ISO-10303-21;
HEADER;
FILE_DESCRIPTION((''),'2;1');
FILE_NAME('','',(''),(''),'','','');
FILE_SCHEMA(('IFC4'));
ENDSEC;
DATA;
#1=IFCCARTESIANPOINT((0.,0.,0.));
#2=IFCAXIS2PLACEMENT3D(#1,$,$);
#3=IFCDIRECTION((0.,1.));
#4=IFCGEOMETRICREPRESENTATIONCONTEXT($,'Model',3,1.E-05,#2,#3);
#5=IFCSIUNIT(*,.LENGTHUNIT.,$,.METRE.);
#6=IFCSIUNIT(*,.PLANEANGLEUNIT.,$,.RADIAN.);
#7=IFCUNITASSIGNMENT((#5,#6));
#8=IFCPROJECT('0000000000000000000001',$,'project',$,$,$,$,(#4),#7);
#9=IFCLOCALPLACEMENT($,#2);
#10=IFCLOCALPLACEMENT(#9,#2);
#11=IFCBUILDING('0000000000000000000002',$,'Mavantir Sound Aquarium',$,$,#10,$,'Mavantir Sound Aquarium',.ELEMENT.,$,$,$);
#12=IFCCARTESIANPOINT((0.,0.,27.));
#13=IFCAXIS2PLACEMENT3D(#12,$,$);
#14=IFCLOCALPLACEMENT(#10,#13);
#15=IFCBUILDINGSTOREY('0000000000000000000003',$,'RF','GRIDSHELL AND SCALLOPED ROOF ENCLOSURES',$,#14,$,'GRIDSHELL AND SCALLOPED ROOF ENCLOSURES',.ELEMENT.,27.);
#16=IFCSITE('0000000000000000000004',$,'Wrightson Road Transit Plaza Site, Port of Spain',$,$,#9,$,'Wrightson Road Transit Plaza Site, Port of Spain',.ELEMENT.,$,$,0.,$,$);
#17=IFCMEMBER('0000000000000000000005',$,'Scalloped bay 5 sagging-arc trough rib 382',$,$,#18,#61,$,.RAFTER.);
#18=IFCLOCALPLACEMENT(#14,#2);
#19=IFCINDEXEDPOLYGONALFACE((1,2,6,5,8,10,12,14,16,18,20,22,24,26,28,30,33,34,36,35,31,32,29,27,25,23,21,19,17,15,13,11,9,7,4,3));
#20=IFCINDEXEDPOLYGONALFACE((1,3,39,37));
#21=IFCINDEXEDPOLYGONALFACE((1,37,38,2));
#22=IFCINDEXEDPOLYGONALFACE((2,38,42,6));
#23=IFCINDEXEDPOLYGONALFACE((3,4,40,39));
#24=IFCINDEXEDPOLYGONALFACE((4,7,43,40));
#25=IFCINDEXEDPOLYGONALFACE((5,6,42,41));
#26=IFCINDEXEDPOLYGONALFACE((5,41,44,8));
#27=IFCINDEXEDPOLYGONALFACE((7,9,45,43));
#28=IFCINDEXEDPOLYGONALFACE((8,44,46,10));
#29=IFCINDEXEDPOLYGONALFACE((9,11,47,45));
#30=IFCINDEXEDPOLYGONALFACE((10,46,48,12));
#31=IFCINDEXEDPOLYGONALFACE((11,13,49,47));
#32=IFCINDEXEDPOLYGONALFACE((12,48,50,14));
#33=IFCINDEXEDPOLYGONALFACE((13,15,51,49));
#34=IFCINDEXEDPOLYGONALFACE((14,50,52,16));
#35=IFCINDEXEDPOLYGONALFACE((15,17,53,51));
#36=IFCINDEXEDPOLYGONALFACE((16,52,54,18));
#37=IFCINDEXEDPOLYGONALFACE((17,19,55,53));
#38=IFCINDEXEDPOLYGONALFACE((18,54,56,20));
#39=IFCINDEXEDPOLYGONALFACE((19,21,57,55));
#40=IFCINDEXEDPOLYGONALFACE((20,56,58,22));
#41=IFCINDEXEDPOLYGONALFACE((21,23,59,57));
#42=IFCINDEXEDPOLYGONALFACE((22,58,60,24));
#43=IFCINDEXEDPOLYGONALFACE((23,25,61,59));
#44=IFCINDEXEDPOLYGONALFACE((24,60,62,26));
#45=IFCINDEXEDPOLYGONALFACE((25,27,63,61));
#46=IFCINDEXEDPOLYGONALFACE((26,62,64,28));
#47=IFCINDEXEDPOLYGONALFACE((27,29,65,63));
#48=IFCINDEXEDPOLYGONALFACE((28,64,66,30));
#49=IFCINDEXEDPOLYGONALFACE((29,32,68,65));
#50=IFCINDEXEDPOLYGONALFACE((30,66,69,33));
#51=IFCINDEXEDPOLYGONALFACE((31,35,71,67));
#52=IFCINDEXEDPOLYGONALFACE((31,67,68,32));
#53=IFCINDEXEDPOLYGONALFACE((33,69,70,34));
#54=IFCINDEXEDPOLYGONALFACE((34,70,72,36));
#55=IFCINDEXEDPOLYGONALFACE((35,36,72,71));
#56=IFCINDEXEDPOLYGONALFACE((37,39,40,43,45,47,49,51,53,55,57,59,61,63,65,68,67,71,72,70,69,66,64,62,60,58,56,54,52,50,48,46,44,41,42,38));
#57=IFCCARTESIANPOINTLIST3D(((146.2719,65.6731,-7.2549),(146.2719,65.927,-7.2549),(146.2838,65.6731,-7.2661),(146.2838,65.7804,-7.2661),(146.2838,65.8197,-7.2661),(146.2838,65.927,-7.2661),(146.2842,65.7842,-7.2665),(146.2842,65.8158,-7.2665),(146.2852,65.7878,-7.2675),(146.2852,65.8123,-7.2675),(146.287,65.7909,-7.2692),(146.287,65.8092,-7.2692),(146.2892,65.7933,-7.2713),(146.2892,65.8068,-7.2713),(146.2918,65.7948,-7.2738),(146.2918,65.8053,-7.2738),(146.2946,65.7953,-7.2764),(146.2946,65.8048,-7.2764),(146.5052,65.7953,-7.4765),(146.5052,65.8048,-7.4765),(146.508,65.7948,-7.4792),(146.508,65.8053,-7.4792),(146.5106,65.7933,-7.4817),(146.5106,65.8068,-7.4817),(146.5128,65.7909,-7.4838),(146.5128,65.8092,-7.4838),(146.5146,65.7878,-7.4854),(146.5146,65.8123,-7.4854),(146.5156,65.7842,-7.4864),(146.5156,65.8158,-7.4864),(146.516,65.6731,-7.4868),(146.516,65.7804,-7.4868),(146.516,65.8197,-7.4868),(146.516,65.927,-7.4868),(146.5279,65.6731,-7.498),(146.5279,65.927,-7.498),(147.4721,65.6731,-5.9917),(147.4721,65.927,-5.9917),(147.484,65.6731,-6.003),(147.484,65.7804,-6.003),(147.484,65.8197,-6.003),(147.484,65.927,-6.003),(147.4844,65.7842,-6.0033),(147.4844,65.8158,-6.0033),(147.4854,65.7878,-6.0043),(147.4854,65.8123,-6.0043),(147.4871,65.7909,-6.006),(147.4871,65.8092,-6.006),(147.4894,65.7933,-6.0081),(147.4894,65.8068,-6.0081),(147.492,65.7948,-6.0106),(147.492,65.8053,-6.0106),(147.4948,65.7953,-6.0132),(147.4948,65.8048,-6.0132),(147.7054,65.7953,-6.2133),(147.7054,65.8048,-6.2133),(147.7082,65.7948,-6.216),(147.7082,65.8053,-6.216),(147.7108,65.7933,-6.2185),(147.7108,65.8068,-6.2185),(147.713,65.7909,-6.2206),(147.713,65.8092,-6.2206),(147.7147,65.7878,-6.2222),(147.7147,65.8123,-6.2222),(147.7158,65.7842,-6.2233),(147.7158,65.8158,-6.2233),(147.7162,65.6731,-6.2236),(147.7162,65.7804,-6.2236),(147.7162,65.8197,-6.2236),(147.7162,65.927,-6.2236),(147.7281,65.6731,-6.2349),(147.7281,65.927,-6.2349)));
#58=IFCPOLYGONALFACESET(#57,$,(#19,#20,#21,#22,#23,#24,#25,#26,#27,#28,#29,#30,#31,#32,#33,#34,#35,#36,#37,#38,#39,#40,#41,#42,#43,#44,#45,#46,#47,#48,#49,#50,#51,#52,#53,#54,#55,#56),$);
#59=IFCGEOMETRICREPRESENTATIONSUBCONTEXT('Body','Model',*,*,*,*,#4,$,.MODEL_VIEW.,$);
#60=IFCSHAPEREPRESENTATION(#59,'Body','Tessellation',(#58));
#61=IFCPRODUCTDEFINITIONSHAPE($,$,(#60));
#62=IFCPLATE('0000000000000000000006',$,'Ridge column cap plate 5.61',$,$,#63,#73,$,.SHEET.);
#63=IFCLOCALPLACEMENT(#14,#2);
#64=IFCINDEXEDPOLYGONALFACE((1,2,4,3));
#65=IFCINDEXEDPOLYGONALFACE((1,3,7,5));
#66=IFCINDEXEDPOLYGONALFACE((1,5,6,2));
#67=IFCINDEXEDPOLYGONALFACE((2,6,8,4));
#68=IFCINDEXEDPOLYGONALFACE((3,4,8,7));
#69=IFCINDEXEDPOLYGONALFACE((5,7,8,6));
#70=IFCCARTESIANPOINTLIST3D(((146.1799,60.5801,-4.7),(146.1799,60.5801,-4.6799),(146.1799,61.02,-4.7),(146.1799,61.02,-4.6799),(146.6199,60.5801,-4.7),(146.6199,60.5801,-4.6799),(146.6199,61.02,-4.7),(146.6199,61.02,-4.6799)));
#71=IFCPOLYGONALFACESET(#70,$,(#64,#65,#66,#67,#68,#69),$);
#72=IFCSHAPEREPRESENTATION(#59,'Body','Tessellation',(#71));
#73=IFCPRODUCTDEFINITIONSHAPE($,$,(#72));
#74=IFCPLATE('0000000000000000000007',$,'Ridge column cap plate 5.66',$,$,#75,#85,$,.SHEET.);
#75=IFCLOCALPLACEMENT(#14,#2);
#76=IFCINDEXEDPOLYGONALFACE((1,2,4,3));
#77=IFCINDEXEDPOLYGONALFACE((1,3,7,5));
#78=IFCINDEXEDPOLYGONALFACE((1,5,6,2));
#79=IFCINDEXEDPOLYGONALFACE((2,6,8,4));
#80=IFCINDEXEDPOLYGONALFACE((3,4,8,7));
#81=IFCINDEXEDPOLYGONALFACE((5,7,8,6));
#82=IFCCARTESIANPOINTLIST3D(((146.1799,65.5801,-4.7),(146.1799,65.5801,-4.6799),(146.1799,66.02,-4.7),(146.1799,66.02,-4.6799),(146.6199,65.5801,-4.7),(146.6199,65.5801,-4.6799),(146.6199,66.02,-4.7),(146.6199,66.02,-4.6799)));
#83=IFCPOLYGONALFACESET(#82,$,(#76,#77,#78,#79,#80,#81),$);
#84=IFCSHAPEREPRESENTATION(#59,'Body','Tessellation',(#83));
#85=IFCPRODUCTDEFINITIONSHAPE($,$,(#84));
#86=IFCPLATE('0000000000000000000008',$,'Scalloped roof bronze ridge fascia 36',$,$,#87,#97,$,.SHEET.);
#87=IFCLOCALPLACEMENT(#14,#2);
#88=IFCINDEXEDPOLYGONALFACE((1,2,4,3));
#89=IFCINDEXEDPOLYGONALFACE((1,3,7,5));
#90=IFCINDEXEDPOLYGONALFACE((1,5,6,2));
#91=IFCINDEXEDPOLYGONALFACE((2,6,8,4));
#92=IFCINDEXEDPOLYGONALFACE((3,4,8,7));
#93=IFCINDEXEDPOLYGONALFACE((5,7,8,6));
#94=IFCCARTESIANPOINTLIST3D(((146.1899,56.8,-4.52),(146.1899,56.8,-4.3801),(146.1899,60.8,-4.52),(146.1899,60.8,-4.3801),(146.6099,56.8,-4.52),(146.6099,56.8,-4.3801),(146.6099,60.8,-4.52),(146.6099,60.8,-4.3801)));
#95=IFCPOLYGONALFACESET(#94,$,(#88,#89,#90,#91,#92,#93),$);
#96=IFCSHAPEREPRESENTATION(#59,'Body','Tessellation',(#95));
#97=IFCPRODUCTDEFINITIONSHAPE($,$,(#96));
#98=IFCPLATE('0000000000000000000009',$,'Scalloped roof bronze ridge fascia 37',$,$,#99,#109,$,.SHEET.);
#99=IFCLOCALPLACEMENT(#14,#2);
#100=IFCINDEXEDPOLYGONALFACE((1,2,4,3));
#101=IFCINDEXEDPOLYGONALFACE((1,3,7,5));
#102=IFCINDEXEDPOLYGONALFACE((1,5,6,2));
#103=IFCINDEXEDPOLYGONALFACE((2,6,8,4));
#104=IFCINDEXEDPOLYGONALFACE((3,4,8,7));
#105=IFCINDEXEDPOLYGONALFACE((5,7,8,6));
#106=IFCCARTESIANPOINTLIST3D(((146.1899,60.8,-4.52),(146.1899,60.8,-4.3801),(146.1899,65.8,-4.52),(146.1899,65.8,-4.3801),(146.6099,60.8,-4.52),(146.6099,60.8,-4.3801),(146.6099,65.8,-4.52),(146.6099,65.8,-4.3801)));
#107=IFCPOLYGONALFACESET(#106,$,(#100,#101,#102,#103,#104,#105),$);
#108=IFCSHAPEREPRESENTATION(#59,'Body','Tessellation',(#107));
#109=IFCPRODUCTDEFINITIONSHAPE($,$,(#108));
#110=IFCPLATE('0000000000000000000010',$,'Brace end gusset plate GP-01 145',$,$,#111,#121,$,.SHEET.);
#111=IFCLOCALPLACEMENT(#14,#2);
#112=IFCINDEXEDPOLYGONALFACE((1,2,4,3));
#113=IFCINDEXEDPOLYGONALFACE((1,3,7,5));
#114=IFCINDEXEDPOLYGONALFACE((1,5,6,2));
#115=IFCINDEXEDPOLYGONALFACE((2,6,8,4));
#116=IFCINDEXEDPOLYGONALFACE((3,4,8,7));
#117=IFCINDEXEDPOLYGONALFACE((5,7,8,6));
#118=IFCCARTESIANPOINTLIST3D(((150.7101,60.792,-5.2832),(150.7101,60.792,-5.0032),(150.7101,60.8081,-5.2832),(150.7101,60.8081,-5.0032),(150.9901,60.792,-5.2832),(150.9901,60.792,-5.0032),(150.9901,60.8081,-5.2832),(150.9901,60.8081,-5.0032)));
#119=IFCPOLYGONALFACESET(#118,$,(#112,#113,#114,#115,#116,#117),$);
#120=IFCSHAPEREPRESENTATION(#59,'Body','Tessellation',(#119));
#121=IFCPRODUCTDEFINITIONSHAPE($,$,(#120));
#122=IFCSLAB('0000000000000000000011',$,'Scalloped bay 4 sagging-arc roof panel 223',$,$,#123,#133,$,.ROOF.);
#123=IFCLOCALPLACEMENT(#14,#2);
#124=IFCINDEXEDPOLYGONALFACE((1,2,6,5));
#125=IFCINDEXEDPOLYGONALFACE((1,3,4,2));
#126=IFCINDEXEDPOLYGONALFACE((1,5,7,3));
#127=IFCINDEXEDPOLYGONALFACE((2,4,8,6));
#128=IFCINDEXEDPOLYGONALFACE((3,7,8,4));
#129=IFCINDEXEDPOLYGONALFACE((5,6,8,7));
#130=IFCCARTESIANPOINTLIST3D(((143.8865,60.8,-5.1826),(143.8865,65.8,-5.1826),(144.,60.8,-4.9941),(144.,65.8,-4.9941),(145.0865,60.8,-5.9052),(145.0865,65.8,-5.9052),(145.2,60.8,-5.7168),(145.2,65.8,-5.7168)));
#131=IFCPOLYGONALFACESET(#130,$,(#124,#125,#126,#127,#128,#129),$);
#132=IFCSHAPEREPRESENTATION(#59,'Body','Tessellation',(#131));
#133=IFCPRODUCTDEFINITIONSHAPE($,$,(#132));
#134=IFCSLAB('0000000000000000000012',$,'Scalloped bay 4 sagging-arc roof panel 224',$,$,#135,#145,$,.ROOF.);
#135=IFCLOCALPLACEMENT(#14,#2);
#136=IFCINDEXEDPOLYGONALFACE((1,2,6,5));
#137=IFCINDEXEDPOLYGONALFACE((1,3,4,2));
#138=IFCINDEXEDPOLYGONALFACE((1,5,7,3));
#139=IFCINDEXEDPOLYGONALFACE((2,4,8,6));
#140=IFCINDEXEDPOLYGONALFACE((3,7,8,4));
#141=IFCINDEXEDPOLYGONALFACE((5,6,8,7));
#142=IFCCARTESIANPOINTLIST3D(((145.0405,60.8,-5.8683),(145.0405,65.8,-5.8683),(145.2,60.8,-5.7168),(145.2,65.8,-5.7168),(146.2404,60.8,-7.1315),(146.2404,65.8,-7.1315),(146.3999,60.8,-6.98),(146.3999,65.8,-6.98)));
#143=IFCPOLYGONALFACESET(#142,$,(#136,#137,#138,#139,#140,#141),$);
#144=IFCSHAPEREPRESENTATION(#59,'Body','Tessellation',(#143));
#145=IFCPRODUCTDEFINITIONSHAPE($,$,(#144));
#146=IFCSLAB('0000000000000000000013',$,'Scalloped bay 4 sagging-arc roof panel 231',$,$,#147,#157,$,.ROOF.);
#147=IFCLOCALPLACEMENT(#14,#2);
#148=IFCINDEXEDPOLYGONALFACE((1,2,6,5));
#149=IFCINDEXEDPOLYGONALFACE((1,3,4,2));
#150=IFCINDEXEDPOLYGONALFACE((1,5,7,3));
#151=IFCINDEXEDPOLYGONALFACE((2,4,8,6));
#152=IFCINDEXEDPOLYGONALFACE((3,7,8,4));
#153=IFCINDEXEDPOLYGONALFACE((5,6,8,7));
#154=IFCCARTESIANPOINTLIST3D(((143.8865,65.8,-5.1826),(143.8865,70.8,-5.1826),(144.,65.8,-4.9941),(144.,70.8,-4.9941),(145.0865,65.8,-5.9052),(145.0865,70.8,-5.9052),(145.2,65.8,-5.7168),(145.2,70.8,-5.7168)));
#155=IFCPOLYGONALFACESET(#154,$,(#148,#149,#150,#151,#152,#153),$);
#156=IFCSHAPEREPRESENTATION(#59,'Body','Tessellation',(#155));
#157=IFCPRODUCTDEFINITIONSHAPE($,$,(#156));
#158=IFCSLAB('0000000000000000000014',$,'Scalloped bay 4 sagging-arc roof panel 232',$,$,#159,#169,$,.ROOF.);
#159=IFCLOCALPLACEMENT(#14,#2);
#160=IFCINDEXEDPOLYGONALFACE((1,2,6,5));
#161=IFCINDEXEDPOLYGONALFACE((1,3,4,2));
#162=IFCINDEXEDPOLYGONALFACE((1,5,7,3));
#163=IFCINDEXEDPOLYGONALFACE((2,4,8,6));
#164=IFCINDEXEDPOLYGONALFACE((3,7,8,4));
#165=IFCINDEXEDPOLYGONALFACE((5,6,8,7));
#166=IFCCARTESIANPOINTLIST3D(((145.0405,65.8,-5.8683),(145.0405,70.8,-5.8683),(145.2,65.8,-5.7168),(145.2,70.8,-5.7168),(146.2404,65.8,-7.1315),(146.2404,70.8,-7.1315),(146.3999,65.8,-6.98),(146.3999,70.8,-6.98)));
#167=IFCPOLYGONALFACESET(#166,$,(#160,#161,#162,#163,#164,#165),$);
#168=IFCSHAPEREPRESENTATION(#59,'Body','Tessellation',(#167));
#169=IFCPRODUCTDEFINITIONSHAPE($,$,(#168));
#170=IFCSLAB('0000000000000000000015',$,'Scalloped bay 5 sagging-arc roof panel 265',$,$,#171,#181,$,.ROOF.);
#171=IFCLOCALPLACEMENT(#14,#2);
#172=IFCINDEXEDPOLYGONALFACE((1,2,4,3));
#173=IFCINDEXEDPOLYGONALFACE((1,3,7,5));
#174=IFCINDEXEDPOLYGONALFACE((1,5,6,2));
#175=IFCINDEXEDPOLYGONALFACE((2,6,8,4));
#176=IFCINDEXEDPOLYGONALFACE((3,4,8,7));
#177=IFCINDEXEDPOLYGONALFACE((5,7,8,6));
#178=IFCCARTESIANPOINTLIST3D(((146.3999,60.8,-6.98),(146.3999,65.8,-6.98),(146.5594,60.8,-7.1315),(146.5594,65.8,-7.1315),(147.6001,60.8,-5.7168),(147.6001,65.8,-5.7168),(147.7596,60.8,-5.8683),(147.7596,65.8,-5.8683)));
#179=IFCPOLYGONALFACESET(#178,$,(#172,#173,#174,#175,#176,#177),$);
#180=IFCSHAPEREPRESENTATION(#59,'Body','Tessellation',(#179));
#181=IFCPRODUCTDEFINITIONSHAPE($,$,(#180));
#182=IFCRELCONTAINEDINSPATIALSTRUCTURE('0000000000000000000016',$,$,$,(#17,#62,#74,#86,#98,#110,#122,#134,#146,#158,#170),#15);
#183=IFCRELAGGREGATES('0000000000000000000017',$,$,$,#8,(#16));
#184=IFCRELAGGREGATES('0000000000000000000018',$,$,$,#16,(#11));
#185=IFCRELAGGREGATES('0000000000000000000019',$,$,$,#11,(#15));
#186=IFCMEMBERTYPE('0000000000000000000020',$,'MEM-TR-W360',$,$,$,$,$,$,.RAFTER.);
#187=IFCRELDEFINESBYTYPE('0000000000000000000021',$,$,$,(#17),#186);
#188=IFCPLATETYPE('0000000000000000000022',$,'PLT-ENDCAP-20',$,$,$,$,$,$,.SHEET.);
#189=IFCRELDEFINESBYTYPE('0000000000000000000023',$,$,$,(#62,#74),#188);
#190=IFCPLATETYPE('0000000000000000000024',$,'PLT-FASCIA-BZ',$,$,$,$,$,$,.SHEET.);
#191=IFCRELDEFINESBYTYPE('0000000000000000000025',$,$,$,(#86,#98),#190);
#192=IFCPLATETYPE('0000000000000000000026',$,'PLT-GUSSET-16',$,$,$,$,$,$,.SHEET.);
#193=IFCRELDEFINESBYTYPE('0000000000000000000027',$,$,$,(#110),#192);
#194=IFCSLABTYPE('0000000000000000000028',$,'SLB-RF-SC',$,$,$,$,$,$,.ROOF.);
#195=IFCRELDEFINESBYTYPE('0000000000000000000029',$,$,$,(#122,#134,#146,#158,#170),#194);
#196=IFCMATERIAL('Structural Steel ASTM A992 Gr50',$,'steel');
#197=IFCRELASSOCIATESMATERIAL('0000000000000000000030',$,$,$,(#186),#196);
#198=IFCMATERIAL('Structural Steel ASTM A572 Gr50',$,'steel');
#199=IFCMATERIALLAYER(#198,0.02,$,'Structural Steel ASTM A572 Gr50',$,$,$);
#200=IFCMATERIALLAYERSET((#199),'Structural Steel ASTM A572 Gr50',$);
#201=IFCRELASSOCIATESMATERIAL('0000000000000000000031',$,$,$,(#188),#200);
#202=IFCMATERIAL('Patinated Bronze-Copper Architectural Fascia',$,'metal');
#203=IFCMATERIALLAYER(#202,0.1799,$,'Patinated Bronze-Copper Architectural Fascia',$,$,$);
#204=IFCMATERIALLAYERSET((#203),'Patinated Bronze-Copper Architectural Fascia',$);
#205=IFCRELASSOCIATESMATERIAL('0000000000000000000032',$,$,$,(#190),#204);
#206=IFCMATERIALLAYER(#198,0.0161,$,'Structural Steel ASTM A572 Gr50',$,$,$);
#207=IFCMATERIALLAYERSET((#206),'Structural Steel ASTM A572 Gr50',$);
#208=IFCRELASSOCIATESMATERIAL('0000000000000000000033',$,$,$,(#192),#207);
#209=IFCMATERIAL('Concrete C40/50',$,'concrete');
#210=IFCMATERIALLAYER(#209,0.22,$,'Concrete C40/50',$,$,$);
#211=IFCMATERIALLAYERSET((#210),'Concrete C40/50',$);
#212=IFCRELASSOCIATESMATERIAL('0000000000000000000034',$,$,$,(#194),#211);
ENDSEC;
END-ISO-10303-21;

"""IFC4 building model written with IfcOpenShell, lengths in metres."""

from ifc_helpers import new_model, si_unit, direction, frame, origin, origin_2d, place, context, subcontext, project, spatial, polyline, rectangle, i_section, outline, extrude, material, layer, layer_set, material_profile, profile_set, type_object, element, save


model = new_model("IFC4")

# Units and contexts
model_context = context("Model", 3, precision=1e-05, world=origin(), true_north=direction((0.0, 1.0)))
body_context = subcontext(model_context, "Body", "Model", "MODEL_VIEW")
ifc_project = project(units=[si_unit("LENGTHUNIT", "METRE"), si_unit("PLANEANGLEUNIT", "RADIAN")], contexts=[model_context])

# Site, building, storey
site_placement = place(None, origin())
site = spatial("IfcSite", under=ifc_project, at=site_placement, Name="Wrightson Road Transit Plaza Site, Port of Spain", LongName="Wrightson Road Transit Plaza Site, Port of Spain", CompositionType="ELEMENT", RefElevation=0.0)
building_placement = place(site_placement, origin())
building = spatial("IfcBuilding", under=site, at=building_placement, Name="Mavantir Sound Aquarium", LongName="Mavantir Sound Aquarium", CompositionType="ELEMENT")
storey_placement = place(building_placement, frame((0.0, 0.0, 27.0)))
storey = spatial("IfcBuildingStorey", under=building, at=storey_placement, Name="RF", Description="GRIDSHELL AND SCALLOPED ROOF ENCLOSURES", LongName="GRIDSHELL AND SCALLOPED ROOF ENCLOSURES", CompositionType="ELEMENT", Elevation=27.0)

# Shared definitions
ifc_material_1 = material(Name="Concrete C40/50", Category="concrete")

# Shared definitions
ifc_material_2 = material(Name="Structural Steel ASTM A992 Gr50", Category="steel")

# Member
ifc_material_profile_1 = material_profile(ifc_material_2, i_section(OverallWidth=0.2539, OverallDepth=0.353, WebThickness=0.0095, FlangeThickness=0.0164, FilletRadius=0.0149, at=origin_2d()), Name="W360X91")
ifc_profile_set_1 = profile_set([ifc_material_profile_1], Name="Structural Steel ASTM A992 Gr50")
member_type_1 = type_object("IfcMemberType", Name="MEM-TR-W360", PredefinedType="RAFTER", material=ifc_profile_set_1)
member_1_placement = place(storey_placement, frame((146.3999, 65.8, -7.3765), z_axis=(0.688801, 0.0, 0.72495), x_axis=(0.0, 1.0, 0.0)))
element("IfcMember", 1, at=member_1_placement, inside=storey, type_object=member_type_1, Name="Scalloped bay 5 sagging-arc trough rib 382", PredefinedType="RAFTER", context=body_context, shape_type="SweptSolid", body=[
    extrude(i_section(OverallWidth=0.2539, OverallDepth=0.353, WebThickness=0.0095, FlangeThickness=0.0164, FilletRadius=0.0149, at=origin_2d()), origin(), (0.0, 0.0, 1.0), 1.7424),
])

# Plates
ifc_material_3 = material(Name="Structural Steel ASTM A572 Gr50", Category="steel")
ifc_layer_1 = layer(ifc_material_3, 0.02, Name="Structural Steel ASTM A572 Gr50")
ifc_layer_set_1 = layer_set([ifc_layer_1], Name="Structural Steel ASTM A572 Gr50")
plate_type_1 = type_object("IfcPlateType", Name="PLT-ENDCAP-20", PredefinedType="SHEET", material=ifc_layer_set_1)
for number, where, z_axis, x_axis, name in (
    (2, (146.3999, 60.8, -4.7), (0.0, 0.0, 1.0), (1.0, 0.0, 0.0), "Ridge column cap plate 5.61"),
    (3, (146.3999, 65.8, -4.7), (0.0, 0.0, 1.0), (1.0, 0.0, 0.0), "Ridge column cap plate 5.66"),
):
    element("IfcPlate", number, at=place(storey_placement, frame(where, z_axis=z_axis, x_axis=x_axis)), inside=storey, type_object=plate_type_1, Name=name, PredefinedType="SHEET", context=body_context, shape_type="SweptSolid", body=[
        extrude(rectangle(XDim=0.4399, YDim=0.4399, at=origin_2d()), origin(), (0.0, 0.0, 1.0), 0.02),
    ])
ifc_material_4 = material(Name="Patinated Bronze-Copper Architectural Fascia", Category="metal")
ifc_layer_2 = layer(ifc_material_4, 0.1799, Name="Patinated Bronze-Copper Architectural Fascia")
ifc_layer_set_2 = layer_set([ifc_layer_2], Name="Patinated Bronze-Copper Architectural Fascia")
plate_type_2 = type_object("IfcPlateType", Name="PLT-FASCIA-BZ", PredefinedType="SHEET", material=ifc_layer_set_2)
plate_1_placement = place(storey_placement, frame((146.3999, 58.8, -4.52), z_axis=(0.0, 0.0, 1.0), x_axis=(1.0, 0.0, 0.0)))
element("IfcPlate", 4, at=plate_1_placement, inside=storey, type_object=plate_type_2, Name="Scalloped roof bronze ridge fascia 36", PredefinedType="SHEET", context=body_context, shape_type="SweptSolid", body=[
    extrude(rectangle(XDim=0.4199, YDim=4.0, at=origin_2d()), origin(), (0.0, 0.0, 1.0), 0.1399),
])
plate_2_placement = place(storey_placement, frame((146.3999, 63.3, -4.52), z_axis=(0.0, 0.0, 1.0), x_axis=(1.0, 0.0, 0.0)))
element("IfcPlate", 5, at=plate_2_placement, inside=storey, type_object=plate_type_2, Name="Scalloped roof bronze ridge fascia 37", PredefinedType="SHEET", context=body_context, shape_type="SweptSolid", body=[
    extrude(rectangle(XDim=0.4199, YDim=5.0, at=origin_2d()), origin(), (0.0, 0.0, 1.0), 0.1399),
])
ifc_layer_3 = layer(ifc_material_3, 0.0161, Name="Structural Steel ASTM A572 Gr50")
ifc_layer_set_3 = layer_set([ifc_layer_3], Name="Structural Steel ASTM A572 Gr50")
plate_type_3 = type_object("IfcPlateType", Name="PLT-GUSSET-16", PredefinedType="SHEET", material=ifc_layer_set_3)
plate_3_placement = place(storey_placement, frame((150.8501, 60.8, -5.2832), z_axis=(0.0, 0.0, 1.0), x_axis=(1.0, 0.0, 0.0)))
element("IfcPlate", 6, at=plate_3_placement, inside=storey, type_object=plate_type_3, Name="Brace end gusset plate GP-01 145", PredefinedType="SHEET", context=body_context, shape_type="SweptSolid", body=[
    extrude(rectangle(XDim=0.28, YDim=0.0161, at=origin_2d()), origin(), (0.0, 0.0, 1.0), 0.28),
])

# Slabs
ifc_layer_4 = layer(ifc_material_1, 0.22, Name="Concrete C40/50")
ifc_layer_set_4 = layer_set([ifc_layer_4], Name="Concrete C40/50")
slab_type = type_object("IfcSlabType", Name="SLB-RF-SC", PredefinedType="ROOF", material=ifc_layer_set_4)
slab_1_placement = place(storey_placement, frame((144.0, 60.8, -4.9941), z_axis=(0.515905, 0.0, 0.856646), x_axis=(0.856646, 0.0, -0.515905)))
element("IfcSlab", 7, at=slab_1_placement, inside=storey, type_object=slab_type, Name="Scalloped bay 4 sagging-arc roof panel 223", PredefinedType="ROOF", context=body_context, shape_type="SweptSolid", body=[
    extrude(outline(polyline([(0.0, 0.0), (1.4008, 0.0), (1.4008, 5.0), (0.0, 5.0), (0.0, 0.0)])), origin(), (0.0, 0.0, -1.0), 0.22),
])
slab_2_placement = place(storey_placement, frame((145.2, 60.8, -5.7168), z_axis=(0.72502, 0.0, 0.688727), x_axis=(0.688727, 0.0, -0.72502)))
element("IfcSlab", 8, at=slab_2_placement, inside=storey, type_object=slab_type, Name="Scalloped bay 4 sagging-arc roof panel 224", PredefinedType="ROOF", context=body_context, shape_type="SweptSolid", body=[
    extrude(outline(polyline([(0.0, 0.0), (1.7423, 0.0), (1.7423, 5.0), (0.0, 5.0), (0.0, 0.0)])), origin(), (0.0, 0.0, -1.0), 0.22),
])
slab_3_placement = place(storey_placement, frame((144.0, 65.8, -4.9941), z_axis=(0.515905, 0.0, 0.856646), x_axis=(0.856646, 0.0, -0.515905)))
element("IfcSlab", 9, at=slab_3_placement, inside=storey, type_object=slab_type, Name="Scalloped bay 4 sagging-arc roof panel 231", PredefinedType="ROOF", context=body_context, shape_type="SweptSolid", body=[
    extrude(outline(polyline([(0.0, 0.0), (1.4008, 0.0), (1.4008, 5.0), (0.0, 5.0), (0.0, 0.0)])), origin(), (0.0, 0.0, -1.0), 0.22),
])
slab_4_placement = place(storey_placement, frame((145.2, 65.8, -5.7168), z_axis=(0.72502, 0.0, 0.688727), x_axis=(0.688727, 0.0, -0.72502)))
element("IfcSlab", 10, at=slab_4_placement, inside=storey, type_object=slab_type, Name="Scalloped bay 4 sagging-arc roof panel 232", PredefinedType="ROOF", context=body_context, shape_type="SweptSolid", body=[
    extrude(outline(polyline([(0.0, 0.0), (1.7423, 0.0), (1.7423, 5.0), (0.0, 5.0), (0.0, 0.0)])), origin(), (0.0, 0.0, -1.0), 0.22),
])
slab_5_placement = place(storey_placement, frame((146.3999, 60.8, -6.98), z_axis=(-0.72495, 0.0, 0.688801), x_axis=(0.688801, 0.0, 0.72495)))
element("IfcSlab", 11, at=slab_5_placement, inside=storey, type_object=slab_type, Name="Scalloped bay 5 sagging-arc roof panel 265", PredefinedType="ROOF", context=body_context, shape_type="SweptSolid", body=[
    extrude(outline(polyline([(0.0, 0.0), (1.7424, 0.0), (1.7424, 5.0), (0.0, 5.0), (0.0, 0.0)])), origin(), (0.0, 0.0, -1.0), 0.22),
])

save(model, "model.ifc")
